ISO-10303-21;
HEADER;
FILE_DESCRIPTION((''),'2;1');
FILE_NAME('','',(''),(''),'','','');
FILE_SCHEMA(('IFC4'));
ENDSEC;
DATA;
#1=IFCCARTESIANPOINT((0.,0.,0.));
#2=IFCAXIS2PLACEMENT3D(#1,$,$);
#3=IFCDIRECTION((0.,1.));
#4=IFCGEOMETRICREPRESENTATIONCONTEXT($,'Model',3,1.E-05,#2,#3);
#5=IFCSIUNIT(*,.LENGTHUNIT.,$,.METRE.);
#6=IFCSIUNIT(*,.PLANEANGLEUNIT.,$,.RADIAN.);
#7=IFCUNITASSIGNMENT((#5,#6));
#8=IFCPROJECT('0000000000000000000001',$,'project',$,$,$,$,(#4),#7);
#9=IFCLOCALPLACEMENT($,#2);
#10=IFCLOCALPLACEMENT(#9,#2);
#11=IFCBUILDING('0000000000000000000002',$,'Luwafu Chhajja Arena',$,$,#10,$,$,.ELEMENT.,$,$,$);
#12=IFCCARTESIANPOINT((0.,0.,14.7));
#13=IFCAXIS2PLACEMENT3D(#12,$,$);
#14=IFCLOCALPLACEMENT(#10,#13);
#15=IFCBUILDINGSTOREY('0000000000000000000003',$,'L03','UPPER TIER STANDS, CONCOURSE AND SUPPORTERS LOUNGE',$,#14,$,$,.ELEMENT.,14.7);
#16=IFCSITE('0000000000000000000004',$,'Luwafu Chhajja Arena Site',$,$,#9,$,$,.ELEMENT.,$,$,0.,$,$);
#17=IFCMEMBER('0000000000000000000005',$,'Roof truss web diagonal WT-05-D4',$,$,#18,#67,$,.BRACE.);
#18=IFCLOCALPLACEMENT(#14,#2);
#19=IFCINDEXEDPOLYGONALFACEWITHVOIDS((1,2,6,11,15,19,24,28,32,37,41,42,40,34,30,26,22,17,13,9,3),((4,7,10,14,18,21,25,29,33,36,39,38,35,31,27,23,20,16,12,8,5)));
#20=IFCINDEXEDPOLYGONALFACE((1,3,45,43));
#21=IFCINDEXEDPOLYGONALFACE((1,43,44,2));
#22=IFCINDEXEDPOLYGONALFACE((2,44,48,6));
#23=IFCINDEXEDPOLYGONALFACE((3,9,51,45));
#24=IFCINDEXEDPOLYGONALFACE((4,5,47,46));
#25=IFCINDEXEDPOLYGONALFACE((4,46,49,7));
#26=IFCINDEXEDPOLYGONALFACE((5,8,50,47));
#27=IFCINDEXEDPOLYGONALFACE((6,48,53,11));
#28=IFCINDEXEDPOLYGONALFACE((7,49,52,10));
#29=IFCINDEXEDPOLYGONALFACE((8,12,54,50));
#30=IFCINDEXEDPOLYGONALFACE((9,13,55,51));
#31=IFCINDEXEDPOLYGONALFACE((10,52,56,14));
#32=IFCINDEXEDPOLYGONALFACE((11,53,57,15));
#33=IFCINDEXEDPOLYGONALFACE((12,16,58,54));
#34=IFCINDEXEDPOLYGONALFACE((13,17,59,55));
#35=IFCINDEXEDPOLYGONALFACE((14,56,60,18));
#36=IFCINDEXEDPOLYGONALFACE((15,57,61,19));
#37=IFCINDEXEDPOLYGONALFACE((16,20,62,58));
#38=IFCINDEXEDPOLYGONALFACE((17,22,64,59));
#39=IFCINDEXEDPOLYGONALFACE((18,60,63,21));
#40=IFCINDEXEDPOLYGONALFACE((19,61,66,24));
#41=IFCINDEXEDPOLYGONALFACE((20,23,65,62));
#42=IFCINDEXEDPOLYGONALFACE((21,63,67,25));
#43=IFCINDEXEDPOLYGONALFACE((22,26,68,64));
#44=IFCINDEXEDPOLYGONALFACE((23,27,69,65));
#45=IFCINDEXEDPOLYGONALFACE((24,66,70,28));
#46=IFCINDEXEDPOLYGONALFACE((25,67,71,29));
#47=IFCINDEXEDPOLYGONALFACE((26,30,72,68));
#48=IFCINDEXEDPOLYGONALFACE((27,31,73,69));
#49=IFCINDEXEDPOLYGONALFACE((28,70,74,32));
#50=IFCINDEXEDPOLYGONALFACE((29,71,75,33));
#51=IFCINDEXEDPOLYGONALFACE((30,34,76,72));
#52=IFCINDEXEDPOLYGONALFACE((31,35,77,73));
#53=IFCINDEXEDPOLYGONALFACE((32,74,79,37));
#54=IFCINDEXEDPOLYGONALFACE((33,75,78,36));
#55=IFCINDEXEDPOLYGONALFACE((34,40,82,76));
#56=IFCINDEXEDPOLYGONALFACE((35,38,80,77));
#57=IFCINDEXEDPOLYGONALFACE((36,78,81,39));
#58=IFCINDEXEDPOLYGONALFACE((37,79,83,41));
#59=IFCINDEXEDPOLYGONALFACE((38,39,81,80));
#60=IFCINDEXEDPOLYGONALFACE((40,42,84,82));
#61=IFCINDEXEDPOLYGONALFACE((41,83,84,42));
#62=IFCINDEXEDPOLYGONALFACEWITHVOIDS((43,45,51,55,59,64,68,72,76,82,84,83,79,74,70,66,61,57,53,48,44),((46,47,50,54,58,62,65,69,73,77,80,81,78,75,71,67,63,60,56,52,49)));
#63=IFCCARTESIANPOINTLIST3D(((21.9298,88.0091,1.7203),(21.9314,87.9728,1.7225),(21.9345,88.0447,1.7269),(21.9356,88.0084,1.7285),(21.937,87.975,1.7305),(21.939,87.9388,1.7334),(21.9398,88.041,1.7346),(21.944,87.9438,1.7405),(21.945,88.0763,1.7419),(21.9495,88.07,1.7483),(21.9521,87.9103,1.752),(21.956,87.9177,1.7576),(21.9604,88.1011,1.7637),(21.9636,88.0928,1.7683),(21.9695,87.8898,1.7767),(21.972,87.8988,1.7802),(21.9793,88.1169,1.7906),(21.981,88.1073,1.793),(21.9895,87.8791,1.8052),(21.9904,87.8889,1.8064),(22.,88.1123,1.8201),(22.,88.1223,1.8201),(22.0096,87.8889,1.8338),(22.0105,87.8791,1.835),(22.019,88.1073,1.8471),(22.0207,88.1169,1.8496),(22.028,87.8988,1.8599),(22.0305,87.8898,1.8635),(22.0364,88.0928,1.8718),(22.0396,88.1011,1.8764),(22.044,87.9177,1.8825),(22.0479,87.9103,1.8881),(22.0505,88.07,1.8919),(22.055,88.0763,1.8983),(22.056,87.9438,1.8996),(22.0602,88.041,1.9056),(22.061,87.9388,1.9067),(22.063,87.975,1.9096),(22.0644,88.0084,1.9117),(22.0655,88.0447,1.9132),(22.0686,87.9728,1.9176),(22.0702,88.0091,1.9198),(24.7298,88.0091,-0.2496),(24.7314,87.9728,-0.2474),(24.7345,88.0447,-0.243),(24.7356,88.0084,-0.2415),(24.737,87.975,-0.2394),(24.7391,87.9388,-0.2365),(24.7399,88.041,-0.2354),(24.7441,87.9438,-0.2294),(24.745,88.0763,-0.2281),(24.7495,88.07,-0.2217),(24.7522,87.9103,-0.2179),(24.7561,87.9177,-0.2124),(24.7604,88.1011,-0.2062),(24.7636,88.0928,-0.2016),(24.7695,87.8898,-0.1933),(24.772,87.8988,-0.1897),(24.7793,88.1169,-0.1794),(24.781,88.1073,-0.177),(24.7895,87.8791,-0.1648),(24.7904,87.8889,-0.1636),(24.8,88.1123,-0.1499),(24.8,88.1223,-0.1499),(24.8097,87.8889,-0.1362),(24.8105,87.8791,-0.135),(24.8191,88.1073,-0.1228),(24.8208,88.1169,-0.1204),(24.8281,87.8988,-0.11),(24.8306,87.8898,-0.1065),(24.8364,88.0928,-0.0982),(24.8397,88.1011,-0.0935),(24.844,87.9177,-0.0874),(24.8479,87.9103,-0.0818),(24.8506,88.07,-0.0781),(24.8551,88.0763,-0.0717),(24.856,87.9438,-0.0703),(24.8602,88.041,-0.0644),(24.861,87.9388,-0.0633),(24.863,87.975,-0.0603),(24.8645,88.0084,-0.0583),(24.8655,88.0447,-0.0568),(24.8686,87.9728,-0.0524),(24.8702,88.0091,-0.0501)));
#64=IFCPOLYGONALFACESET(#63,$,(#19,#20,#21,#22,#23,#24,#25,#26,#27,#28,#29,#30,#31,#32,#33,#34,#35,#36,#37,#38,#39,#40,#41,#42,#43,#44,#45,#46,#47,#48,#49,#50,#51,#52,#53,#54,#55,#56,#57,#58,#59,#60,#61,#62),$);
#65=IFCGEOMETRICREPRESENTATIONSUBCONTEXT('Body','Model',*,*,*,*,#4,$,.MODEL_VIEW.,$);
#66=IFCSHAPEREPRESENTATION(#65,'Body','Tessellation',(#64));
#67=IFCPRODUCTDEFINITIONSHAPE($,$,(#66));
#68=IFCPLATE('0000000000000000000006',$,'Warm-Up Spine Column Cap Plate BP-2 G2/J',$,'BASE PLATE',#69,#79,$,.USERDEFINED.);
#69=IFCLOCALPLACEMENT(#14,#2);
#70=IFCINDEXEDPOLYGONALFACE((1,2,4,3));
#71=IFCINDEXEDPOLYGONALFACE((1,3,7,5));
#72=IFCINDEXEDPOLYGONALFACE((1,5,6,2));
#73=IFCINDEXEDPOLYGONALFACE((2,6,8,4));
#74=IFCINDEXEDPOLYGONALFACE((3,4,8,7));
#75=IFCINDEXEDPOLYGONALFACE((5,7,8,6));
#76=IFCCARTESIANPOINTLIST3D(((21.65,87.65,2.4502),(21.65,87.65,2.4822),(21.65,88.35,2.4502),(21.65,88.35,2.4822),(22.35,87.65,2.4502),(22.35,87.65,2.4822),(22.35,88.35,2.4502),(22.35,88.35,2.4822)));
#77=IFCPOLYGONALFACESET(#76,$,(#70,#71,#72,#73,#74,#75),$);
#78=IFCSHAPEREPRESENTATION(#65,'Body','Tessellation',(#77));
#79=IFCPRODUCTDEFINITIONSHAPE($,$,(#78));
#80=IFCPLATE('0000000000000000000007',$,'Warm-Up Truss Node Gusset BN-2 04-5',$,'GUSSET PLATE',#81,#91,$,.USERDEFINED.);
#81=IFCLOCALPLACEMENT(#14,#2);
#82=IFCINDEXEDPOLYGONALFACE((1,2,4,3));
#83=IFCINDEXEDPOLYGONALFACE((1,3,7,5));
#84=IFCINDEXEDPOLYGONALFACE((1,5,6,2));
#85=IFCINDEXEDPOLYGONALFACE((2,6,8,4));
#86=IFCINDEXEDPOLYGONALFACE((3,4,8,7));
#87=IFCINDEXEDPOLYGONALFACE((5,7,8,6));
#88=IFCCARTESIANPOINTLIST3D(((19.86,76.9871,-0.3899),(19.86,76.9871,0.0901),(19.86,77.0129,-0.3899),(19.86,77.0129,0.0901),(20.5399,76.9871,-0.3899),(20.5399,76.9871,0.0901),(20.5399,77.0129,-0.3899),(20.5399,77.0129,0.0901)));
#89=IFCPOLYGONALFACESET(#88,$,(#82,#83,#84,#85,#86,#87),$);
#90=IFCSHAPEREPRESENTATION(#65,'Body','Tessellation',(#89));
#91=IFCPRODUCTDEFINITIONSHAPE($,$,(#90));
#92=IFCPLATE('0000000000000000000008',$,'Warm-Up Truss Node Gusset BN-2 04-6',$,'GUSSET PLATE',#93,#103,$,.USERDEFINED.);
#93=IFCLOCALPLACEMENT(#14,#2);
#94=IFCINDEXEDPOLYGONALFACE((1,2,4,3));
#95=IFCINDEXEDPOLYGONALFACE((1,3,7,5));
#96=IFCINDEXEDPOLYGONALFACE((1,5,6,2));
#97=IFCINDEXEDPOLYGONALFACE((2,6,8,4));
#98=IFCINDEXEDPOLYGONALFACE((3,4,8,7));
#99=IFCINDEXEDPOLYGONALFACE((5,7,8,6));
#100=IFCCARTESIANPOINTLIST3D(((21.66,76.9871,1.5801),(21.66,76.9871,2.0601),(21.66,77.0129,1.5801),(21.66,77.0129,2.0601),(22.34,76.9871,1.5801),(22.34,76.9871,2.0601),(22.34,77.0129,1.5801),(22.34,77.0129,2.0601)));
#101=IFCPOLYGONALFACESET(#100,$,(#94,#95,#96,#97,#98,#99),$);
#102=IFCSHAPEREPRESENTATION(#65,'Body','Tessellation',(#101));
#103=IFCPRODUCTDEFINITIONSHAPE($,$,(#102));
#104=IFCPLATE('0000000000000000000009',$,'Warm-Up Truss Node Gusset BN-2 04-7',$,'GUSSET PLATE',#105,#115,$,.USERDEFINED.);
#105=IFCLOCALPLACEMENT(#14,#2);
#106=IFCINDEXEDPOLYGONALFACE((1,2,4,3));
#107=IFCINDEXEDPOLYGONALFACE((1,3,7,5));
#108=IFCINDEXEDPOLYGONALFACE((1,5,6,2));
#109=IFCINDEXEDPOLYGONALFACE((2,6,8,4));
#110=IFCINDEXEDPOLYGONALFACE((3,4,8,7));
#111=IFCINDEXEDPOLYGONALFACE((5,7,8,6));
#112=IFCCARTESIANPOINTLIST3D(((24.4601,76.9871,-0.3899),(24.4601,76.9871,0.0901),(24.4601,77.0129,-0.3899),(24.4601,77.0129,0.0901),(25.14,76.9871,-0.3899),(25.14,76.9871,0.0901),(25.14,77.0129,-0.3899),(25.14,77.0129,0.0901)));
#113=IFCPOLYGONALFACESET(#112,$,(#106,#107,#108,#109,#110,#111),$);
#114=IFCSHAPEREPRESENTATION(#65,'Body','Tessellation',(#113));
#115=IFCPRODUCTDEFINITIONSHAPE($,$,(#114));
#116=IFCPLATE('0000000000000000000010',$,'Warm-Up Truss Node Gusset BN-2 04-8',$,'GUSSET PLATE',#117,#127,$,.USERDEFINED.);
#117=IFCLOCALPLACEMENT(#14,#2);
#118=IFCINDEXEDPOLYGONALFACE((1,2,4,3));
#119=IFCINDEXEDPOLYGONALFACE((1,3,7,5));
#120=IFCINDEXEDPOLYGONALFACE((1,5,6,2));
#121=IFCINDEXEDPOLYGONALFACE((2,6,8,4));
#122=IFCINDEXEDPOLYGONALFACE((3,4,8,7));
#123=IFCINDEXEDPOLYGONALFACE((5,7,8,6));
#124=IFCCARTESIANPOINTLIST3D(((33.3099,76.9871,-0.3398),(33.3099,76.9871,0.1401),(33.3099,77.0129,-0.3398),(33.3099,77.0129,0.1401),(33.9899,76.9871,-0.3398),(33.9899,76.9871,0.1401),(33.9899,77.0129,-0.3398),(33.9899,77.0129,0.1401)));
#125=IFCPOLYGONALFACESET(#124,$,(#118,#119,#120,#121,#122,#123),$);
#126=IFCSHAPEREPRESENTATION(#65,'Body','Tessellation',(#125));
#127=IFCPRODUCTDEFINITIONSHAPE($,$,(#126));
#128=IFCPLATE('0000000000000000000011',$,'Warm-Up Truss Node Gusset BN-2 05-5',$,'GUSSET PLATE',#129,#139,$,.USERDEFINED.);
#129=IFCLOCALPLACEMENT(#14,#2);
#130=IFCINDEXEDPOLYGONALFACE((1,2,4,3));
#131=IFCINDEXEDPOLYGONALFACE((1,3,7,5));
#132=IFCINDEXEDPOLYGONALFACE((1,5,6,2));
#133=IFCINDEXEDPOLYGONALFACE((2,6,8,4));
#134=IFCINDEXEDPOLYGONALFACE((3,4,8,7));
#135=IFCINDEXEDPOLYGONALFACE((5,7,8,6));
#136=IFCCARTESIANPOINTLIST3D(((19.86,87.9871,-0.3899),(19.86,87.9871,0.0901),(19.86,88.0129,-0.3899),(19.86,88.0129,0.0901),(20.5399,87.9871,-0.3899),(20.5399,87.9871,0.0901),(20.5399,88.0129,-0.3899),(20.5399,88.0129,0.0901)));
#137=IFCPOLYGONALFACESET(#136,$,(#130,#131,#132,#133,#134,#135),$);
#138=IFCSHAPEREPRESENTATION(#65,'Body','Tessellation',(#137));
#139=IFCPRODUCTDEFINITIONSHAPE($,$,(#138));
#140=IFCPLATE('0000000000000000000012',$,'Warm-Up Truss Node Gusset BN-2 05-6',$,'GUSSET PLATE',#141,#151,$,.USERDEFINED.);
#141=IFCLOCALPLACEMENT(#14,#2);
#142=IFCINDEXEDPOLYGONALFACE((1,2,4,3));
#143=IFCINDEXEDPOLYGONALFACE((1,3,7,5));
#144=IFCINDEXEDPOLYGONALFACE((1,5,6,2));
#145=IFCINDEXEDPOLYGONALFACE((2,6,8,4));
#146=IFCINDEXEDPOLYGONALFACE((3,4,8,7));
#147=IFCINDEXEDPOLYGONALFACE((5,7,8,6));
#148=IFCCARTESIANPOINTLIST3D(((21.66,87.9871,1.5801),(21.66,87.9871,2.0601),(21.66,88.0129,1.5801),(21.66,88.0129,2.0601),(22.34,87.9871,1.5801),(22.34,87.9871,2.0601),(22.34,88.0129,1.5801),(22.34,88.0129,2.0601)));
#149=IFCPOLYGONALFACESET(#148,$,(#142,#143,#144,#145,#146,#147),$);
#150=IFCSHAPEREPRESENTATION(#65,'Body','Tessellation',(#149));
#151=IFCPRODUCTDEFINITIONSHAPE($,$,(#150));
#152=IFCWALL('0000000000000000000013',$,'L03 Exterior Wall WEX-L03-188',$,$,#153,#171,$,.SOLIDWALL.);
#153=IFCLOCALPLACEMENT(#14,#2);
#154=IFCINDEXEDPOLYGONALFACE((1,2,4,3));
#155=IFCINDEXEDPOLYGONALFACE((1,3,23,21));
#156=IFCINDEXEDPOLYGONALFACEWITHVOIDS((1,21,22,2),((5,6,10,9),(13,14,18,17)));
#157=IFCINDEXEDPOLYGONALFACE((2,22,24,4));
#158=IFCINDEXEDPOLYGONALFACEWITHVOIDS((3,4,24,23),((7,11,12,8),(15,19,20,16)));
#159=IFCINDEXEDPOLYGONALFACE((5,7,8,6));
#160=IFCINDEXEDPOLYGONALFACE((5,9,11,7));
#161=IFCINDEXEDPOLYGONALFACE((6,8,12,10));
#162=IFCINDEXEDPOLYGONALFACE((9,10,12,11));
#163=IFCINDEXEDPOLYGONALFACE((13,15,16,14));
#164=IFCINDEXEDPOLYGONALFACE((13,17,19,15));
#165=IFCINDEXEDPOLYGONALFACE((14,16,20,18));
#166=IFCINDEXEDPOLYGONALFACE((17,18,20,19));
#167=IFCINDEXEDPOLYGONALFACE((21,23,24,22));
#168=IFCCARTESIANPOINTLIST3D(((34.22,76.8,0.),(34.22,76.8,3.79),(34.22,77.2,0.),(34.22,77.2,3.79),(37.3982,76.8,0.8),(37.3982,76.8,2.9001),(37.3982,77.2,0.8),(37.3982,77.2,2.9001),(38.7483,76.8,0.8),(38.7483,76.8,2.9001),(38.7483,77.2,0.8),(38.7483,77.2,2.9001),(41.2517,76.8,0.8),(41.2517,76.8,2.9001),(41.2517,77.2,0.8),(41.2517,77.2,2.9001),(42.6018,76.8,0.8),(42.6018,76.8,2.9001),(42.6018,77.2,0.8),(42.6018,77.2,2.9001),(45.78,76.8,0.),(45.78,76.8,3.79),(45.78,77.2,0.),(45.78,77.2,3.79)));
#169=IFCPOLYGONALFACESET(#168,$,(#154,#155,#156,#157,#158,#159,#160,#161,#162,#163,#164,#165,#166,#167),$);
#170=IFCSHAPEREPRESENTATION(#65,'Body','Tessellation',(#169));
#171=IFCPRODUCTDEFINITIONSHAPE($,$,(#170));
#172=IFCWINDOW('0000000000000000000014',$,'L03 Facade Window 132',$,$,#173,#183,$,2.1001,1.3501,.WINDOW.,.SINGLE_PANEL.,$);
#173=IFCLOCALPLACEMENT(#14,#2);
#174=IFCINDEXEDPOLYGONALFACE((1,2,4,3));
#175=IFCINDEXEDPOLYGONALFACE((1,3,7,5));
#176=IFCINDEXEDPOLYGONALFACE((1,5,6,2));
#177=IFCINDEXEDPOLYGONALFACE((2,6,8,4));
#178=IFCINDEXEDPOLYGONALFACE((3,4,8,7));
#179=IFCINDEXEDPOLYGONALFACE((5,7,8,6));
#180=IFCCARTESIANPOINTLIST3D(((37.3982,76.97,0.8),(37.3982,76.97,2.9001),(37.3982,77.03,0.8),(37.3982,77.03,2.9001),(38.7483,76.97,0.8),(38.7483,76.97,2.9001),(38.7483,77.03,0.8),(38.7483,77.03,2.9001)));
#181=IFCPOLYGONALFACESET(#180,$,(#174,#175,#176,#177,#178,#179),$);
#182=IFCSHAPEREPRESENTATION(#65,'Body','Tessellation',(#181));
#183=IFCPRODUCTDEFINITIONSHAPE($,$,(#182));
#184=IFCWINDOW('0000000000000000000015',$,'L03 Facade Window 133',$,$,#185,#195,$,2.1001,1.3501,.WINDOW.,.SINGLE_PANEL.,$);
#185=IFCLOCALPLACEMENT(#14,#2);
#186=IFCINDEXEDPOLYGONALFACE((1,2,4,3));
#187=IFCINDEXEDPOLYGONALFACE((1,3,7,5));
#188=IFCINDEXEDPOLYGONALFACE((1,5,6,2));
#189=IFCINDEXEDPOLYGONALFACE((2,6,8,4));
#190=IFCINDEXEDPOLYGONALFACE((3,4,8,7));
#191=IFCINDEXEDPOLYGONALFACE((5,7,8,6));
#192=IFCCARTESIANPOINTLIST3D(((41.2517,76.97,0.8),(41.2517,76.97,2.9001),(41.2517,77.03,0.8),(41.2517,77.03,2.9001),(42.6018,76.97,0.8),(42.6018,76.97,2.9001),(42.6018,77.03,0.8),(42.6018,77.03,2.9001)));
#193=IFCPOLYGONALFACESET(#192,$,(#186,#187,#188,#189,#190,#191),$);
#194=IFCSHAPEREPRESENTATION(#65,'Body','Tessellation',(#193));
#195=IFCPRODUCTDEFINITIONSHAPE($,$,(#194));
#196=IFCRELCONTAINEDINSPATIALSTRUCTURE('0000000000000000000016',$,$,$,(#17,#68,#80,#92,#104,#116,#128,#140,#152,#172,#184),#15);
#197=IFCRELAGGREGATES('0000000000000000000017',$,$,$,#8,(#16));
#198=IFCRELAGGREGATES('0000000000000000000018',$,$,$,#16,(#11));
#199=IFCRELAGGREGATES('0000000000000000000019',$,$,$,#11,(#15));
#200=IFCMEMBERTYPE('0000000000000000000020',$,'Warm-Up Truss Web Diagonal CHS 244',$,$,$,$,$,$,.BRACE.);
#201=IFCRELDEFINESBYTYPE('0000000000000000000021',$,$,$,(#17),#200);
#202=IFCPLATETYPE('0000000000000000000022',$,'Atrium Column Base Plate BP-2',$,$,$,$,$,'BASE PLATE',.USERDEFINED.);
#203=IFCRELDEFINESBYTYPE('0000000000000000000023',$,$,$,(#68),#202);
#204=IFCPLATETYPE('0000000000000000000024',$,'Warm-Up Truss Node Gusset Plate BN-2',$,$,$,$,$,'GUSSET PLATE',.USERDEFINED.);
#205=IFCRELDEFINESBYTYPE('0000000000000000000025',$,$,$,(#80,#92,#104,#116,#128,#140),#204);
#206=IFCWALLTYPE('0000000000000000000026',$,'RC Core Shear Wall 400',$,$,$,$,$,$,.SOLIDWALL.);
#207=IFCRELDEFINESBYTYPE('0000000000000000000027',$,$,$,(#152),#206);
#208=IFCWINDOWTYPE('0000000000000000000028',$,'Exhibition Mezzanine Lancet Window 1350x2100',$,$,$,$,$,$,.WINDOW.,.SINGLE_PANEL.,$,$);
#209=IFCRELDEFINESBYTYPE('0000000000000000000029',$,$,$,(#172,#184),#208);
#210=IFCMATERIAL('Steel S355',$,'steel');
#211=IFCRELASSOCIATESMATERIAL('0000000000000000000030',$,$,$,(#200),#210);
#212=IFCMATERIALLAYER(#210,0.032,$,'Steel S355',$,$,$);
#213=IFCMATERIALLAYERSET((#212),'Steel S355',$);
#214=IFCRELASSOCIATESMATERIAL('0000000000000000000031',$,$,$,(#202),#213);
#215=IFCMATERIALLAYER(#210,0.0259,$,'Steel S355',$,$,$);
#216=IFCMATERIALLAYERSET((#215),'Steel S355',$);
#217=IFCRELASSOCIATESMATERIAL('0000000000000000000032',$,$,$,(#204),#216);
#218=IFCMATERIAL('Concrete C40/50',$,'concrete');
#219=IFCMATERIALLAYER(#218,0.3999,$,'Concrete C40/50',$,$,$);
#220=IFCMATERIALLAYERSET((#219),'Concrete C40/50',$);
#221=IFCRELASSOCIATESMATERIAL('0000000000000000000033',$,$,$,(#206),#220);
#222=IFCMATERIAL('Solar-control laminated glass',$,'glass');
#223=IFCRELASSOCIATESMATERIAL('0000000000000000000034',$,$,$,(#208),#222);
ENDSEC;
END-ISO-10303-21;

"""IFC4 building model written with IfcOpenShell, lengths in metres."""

from ifc_helpers import new_model, si_unit, direction, frame, frame_2d, origin, origin_2d, place, context, subcontext, project, spatial, rectangle, hollow_circle, extrude, material, layer, layer_set, material_profile, profile_set, type_object, element, fill, save


model = new_model("IFC4")

# Units and contexts
model_context = context("Model", 3, precision=1e-05, world=origin(), true_north=direction((0.0, 1.0)))
body_context = subcontext(model_context, "Body", "Model", "MODEL_VIEW")
ifc_project = project(units=[si_unit("LENGTHUNIT", "METRE"), si_unit("PLANEANGLEUNIT", "RADIAN")], contexts=[model_context])

# Site, building, storey
site_placement = place(None, origin())
site = spatial("IfcSite", under=ifc_project, at=site_placement, Name="Luwafu Chhajja Arena Site", CompositionType="ELEMENT", RefElevation=0.0)
building_placement = place(site_placement, origin())
building = spatial("IfcBuilding", under=site, at=building_placement, Name="Luwafu Chhajja Arena", CompositionType="ELEMENT")
storey_placement = place(building_placement, frame((0.0, 0.0, 14.7)))
storey = spatial("IfcBuildingStorey", under=building, at=storey_placement, Name="L03", Description="UPPER TIER STANDS, CONCOURSE AND SUPPORTERS LOUNGE", CompositionType="ELEMENT", Elevation=14.7)

# Shared definitions
ifc_material_1 = material(Name="Steel S355", Category="steel")

# Member
ifc_material_profile_1 = material_profile(ifc_material_1, hollow_circle(Radius=0.1223, WallThickness=0.01, at=origin_2d()), Name="CHS 244.5x10")
ifc_profile_set_1 = profile_set([ifc_material_profile_1], Name="Steel S355")
member_type = type_object("IfcMemberType", Name="Warm-Up Truss Web Diagonal CHS 244", PredefinedType="BRACE", material=ifc_profile_set_1)
member_1_placement = place(storey_placement, frame((22.0, 88.0, 1.8201), z_axis=(0.817866, 0.0, -0.575409), x_axis=(0.0, 1.0, 0.0)))
element("IfcMember", 1, at=member_1_placement, inside=storey, type_object=member_type, Name="Roof truss web diagonal WT-05-D4", PredefinedType="BRACE", context=body_context, shape_type="SweptSolid", body=[
    extrude(hollow_circle(Radius=0.1223, WallThickness=0.01, at=origin_2d()), origin(), (0.0, 0.0, 1.0), 3.4236),
])

# Plates
ifc_layer_1 = layer(ifc_material_1, 0.032, Name="Steel S355")
ifc_layer_set_1 = layer_set([ifc_layer_1], Name="Steel S355")
plate_type_1 = type_object("IfcPlateType", Name="Atrium Column Base Plate BP-2", ElementType="BASE PLATE", PredefinedType="USERDEFINED", material=ifc_layer_set_1)
plate_placement = place(storey_placement, frame((22.0, 88.0, 2.4502), z_axis=(0.0, 0.0, 1.0), x_axis=(1.0, 0.0, 0.0)))
element("IfcPlate", 2, at=plate_placement, inside=storey, type_object=plate_type_1, Name="Warm-Up Spine Column Cap Plate BP-2 G2/J", ObjectType="BASE PLATE", PredefinedType="USERDEFINED", context=body_context, shape_type="SweptSolid", body=[
    extrude(rectangle(XDim=0.7, YDim=0.7, at=origin_2d()), origin(), (0.0, 0.0, 1.0), 0.032),
])
ifc_layer_2 = layer(ifc_material_1, 0.0259, Name="Steel S355")
ifc_layer_set_2 = layer_set([ifc_layer_2], Name="Steel S355")
plate_type_2 = type_object("IfcPlateType", Name="Warm-Up Truss Node Gusset Plate BN-2", ElementType="GUSSET PLATE", PredefinedType="USERDEFINED", material=ifc_layer_set_2)
for number, where, z_axis, x_axis, name in (
    (3, (20.2, 77.0, -0.3899), (0.0, 0.0, 1.0), (1.0, 0.0, 0.0), "Warm-Up Truss Node Gusset BN-2 04-5"),
    (4, (22.0, 77.0, 1.5801), (0.0, 0.0, 1.0), (1.0, 0.0, 0.0), "Warm-Up Truss Node Gusset BN-2 04-6"),
    (5, (24.8, 77.0, -0.3899), (0.0, 0.0, 1.0), (1.0, 0.0, 0.0), "Warm-Up Truss Node Gusset BN-2 04-7"),
    (6, (33.6499, 77.0, -0.3398), (0.0, 0.0, 1.0), (1.0, 0.0, 0.0), "Warm-Up Truss Node Gusset BN-2 04-8"),
    (7, (20.2, 88.0, -0.3899), (0.0, 0.0, 1.0), (1.0, 0.0, 0.0), "Warm-Up Truss Node Gusset BN-2 05-5"),
    (8, (22.0, 88.0, 1.5801), (0.0, 0.0, 1.0), (1.0, 0.0, 0.0), "Warm-Up Truss Node Gusset BN-2 05-6"),
):
    element("IfcPlate", number, at=place(storey_placement, frame(where, z_axis=z_axis, x_axis=x_axis)), inside=storey, type_object=plate_type_2, Name=name, ObjectType="GUSSET PLATE", PredefinedType="USERDEFINED", context=body_context, shape_type="SweptSolid", body=[
        extrude(rectangle(XDim=0.6799, YDim=0.0259, at=origin_2d()), origin(), (0.0, 0.0, 1.0), 0.48),
    ])

# Wall, openings, windows
ifc_material_2 = material(Name="Concrete C40/50", Category="concrete")
ifc_layer_3 = layer(ifc_material_2, 0.3999, Name="Concrete C40/50")
ifc_layer_set_3 = layer_set([ifc_layer_3], Name="Concrete C40/50")
wall_type_1 = type_object("IfcWallType", Name="RC Core Shear Wall 400", PredefinedType="SOLIDWALL", material=ifc_layer_set_3)
wall_1_placement = place(storey_placement, frame((34.22, 77.0, 0.0), z_axis=(0.0, 0.0, 1.0), x_axis=(1.0, 0.0, 0.0)))
wall_1 = element("IfcWall", 9, at=wall_1_placement, inside=storey, type_object=wall_type_1, Name="L03 Exterior Wall WEX-L03-188", PredefinedType="SOLIDWALL", context=body_context, shape_type="SweptSolid", body=[
    extrude(rectangle(XDim=11.5601, YDim=0.3999, at=frame_2d((5.78, 0.0))), origin(), (0.0, 0.0, 1.0), 3.79),
])
opening_1_placement = place(wall_1_placement, frame((3.1782, 0.0, 0.8)))
opening_1 = element("IfcOpeningElement", 10, at=opening_1_placement, cuts=wall_1, PredefinedType="OPENING", context=body_context, shape_type="SweptSolid", body=[
    extrude(rectangle(XDim=1.3501, YDim=2.1001, at=frame_2d((0.675, 1.05))), frame((0.0, 0.21, 0.0), z_axis=(0.0, -1.0, 0.0), x_axis=(1.0, 0.0, 0.0)), (0.0, 0.0, 1.0), 0.4199),
])
opening_2_placement = place(wall_1_placement, frame((7.0317, 0.0, 0.8)))
opening_2 = element("IfcOpeningElement", 11, at=opening_2_placement, cuts=wall_1, PredefinedType="OPENING", context=body_context, shape_type="SweptSolid", body=[
    extrude(rectangle(XDim=1.3501, YDim=2.1001, at=frame_2d((0.675, 1.05))), frame((0.0, 0.21, 0.0), z_axis=(0.0, -1.0, 0.0), x_axis=(1.0, 0.0, 0.0)), (0.0, 0.0, 1.0), 0.4199),
])
ifc_material_3 = material(Name="Solar-control laminated glass", Category="glass")
window_type = type_object("IfcWindowType", Name="Exhibition Mezzanine Lancet Window 1350x2100", PartitioningType="SINGLE_PANEL", PredefinedType="WINDOW", material=ifc_material_3)
window_1_placement = place(opening_1_placement, origin())
window_1 = element("IfcWindow", 12, at=window_1_placement, inside=storey, type_object=window_type, Name="L03 Facade Window 132", OverallHeight=2.1001, OverallWidth=1.3501, PartitioningType="SINGLE_PANEL", PredefinedType="WINDOW", context=body_context, shape_type="SweptSolid", body=[
    extrude(rectangle(XDim=1.3501, YDim=2.1001, at=frame_2d((0.675, 1.05))), frame((0.0, 0.03, 0.0), z_axis=(0.0, -1.0, 0.0), x_axis=(1.0, 0.0, 0.0)), (0.0, 0.0, 1.0), 0.0601),
])
fill(opening_1, window_1)
window_2_placement = place(opening_2_placement, origin())
window_2 = element("IfcWindow", 13, at=window_2_placement, inside=storey, type_object=window_type, Name="L03 Facade Window 133", OverallHeight=2.1001, OverallWidth=1.3501, PartitioningType="SINGLE_PANEL", PredefinedType="WINDOW", context=body_context, shape_type="SweptSolid", body=[
    extrude(rectangle(XDim=1.3501, YDim=2.1001, at=frame_2d((0.675, 1.05))), frame((0.0, 0.03, 0.0), z_axis=(0.0, -1.0, 0.0), x_axis=(1.0, 0.0, 0.0)), (0.0, 0.0, 1.0), 0.0601),
])
fill(opening_2, window_2)

save(model, "model.ifc")
